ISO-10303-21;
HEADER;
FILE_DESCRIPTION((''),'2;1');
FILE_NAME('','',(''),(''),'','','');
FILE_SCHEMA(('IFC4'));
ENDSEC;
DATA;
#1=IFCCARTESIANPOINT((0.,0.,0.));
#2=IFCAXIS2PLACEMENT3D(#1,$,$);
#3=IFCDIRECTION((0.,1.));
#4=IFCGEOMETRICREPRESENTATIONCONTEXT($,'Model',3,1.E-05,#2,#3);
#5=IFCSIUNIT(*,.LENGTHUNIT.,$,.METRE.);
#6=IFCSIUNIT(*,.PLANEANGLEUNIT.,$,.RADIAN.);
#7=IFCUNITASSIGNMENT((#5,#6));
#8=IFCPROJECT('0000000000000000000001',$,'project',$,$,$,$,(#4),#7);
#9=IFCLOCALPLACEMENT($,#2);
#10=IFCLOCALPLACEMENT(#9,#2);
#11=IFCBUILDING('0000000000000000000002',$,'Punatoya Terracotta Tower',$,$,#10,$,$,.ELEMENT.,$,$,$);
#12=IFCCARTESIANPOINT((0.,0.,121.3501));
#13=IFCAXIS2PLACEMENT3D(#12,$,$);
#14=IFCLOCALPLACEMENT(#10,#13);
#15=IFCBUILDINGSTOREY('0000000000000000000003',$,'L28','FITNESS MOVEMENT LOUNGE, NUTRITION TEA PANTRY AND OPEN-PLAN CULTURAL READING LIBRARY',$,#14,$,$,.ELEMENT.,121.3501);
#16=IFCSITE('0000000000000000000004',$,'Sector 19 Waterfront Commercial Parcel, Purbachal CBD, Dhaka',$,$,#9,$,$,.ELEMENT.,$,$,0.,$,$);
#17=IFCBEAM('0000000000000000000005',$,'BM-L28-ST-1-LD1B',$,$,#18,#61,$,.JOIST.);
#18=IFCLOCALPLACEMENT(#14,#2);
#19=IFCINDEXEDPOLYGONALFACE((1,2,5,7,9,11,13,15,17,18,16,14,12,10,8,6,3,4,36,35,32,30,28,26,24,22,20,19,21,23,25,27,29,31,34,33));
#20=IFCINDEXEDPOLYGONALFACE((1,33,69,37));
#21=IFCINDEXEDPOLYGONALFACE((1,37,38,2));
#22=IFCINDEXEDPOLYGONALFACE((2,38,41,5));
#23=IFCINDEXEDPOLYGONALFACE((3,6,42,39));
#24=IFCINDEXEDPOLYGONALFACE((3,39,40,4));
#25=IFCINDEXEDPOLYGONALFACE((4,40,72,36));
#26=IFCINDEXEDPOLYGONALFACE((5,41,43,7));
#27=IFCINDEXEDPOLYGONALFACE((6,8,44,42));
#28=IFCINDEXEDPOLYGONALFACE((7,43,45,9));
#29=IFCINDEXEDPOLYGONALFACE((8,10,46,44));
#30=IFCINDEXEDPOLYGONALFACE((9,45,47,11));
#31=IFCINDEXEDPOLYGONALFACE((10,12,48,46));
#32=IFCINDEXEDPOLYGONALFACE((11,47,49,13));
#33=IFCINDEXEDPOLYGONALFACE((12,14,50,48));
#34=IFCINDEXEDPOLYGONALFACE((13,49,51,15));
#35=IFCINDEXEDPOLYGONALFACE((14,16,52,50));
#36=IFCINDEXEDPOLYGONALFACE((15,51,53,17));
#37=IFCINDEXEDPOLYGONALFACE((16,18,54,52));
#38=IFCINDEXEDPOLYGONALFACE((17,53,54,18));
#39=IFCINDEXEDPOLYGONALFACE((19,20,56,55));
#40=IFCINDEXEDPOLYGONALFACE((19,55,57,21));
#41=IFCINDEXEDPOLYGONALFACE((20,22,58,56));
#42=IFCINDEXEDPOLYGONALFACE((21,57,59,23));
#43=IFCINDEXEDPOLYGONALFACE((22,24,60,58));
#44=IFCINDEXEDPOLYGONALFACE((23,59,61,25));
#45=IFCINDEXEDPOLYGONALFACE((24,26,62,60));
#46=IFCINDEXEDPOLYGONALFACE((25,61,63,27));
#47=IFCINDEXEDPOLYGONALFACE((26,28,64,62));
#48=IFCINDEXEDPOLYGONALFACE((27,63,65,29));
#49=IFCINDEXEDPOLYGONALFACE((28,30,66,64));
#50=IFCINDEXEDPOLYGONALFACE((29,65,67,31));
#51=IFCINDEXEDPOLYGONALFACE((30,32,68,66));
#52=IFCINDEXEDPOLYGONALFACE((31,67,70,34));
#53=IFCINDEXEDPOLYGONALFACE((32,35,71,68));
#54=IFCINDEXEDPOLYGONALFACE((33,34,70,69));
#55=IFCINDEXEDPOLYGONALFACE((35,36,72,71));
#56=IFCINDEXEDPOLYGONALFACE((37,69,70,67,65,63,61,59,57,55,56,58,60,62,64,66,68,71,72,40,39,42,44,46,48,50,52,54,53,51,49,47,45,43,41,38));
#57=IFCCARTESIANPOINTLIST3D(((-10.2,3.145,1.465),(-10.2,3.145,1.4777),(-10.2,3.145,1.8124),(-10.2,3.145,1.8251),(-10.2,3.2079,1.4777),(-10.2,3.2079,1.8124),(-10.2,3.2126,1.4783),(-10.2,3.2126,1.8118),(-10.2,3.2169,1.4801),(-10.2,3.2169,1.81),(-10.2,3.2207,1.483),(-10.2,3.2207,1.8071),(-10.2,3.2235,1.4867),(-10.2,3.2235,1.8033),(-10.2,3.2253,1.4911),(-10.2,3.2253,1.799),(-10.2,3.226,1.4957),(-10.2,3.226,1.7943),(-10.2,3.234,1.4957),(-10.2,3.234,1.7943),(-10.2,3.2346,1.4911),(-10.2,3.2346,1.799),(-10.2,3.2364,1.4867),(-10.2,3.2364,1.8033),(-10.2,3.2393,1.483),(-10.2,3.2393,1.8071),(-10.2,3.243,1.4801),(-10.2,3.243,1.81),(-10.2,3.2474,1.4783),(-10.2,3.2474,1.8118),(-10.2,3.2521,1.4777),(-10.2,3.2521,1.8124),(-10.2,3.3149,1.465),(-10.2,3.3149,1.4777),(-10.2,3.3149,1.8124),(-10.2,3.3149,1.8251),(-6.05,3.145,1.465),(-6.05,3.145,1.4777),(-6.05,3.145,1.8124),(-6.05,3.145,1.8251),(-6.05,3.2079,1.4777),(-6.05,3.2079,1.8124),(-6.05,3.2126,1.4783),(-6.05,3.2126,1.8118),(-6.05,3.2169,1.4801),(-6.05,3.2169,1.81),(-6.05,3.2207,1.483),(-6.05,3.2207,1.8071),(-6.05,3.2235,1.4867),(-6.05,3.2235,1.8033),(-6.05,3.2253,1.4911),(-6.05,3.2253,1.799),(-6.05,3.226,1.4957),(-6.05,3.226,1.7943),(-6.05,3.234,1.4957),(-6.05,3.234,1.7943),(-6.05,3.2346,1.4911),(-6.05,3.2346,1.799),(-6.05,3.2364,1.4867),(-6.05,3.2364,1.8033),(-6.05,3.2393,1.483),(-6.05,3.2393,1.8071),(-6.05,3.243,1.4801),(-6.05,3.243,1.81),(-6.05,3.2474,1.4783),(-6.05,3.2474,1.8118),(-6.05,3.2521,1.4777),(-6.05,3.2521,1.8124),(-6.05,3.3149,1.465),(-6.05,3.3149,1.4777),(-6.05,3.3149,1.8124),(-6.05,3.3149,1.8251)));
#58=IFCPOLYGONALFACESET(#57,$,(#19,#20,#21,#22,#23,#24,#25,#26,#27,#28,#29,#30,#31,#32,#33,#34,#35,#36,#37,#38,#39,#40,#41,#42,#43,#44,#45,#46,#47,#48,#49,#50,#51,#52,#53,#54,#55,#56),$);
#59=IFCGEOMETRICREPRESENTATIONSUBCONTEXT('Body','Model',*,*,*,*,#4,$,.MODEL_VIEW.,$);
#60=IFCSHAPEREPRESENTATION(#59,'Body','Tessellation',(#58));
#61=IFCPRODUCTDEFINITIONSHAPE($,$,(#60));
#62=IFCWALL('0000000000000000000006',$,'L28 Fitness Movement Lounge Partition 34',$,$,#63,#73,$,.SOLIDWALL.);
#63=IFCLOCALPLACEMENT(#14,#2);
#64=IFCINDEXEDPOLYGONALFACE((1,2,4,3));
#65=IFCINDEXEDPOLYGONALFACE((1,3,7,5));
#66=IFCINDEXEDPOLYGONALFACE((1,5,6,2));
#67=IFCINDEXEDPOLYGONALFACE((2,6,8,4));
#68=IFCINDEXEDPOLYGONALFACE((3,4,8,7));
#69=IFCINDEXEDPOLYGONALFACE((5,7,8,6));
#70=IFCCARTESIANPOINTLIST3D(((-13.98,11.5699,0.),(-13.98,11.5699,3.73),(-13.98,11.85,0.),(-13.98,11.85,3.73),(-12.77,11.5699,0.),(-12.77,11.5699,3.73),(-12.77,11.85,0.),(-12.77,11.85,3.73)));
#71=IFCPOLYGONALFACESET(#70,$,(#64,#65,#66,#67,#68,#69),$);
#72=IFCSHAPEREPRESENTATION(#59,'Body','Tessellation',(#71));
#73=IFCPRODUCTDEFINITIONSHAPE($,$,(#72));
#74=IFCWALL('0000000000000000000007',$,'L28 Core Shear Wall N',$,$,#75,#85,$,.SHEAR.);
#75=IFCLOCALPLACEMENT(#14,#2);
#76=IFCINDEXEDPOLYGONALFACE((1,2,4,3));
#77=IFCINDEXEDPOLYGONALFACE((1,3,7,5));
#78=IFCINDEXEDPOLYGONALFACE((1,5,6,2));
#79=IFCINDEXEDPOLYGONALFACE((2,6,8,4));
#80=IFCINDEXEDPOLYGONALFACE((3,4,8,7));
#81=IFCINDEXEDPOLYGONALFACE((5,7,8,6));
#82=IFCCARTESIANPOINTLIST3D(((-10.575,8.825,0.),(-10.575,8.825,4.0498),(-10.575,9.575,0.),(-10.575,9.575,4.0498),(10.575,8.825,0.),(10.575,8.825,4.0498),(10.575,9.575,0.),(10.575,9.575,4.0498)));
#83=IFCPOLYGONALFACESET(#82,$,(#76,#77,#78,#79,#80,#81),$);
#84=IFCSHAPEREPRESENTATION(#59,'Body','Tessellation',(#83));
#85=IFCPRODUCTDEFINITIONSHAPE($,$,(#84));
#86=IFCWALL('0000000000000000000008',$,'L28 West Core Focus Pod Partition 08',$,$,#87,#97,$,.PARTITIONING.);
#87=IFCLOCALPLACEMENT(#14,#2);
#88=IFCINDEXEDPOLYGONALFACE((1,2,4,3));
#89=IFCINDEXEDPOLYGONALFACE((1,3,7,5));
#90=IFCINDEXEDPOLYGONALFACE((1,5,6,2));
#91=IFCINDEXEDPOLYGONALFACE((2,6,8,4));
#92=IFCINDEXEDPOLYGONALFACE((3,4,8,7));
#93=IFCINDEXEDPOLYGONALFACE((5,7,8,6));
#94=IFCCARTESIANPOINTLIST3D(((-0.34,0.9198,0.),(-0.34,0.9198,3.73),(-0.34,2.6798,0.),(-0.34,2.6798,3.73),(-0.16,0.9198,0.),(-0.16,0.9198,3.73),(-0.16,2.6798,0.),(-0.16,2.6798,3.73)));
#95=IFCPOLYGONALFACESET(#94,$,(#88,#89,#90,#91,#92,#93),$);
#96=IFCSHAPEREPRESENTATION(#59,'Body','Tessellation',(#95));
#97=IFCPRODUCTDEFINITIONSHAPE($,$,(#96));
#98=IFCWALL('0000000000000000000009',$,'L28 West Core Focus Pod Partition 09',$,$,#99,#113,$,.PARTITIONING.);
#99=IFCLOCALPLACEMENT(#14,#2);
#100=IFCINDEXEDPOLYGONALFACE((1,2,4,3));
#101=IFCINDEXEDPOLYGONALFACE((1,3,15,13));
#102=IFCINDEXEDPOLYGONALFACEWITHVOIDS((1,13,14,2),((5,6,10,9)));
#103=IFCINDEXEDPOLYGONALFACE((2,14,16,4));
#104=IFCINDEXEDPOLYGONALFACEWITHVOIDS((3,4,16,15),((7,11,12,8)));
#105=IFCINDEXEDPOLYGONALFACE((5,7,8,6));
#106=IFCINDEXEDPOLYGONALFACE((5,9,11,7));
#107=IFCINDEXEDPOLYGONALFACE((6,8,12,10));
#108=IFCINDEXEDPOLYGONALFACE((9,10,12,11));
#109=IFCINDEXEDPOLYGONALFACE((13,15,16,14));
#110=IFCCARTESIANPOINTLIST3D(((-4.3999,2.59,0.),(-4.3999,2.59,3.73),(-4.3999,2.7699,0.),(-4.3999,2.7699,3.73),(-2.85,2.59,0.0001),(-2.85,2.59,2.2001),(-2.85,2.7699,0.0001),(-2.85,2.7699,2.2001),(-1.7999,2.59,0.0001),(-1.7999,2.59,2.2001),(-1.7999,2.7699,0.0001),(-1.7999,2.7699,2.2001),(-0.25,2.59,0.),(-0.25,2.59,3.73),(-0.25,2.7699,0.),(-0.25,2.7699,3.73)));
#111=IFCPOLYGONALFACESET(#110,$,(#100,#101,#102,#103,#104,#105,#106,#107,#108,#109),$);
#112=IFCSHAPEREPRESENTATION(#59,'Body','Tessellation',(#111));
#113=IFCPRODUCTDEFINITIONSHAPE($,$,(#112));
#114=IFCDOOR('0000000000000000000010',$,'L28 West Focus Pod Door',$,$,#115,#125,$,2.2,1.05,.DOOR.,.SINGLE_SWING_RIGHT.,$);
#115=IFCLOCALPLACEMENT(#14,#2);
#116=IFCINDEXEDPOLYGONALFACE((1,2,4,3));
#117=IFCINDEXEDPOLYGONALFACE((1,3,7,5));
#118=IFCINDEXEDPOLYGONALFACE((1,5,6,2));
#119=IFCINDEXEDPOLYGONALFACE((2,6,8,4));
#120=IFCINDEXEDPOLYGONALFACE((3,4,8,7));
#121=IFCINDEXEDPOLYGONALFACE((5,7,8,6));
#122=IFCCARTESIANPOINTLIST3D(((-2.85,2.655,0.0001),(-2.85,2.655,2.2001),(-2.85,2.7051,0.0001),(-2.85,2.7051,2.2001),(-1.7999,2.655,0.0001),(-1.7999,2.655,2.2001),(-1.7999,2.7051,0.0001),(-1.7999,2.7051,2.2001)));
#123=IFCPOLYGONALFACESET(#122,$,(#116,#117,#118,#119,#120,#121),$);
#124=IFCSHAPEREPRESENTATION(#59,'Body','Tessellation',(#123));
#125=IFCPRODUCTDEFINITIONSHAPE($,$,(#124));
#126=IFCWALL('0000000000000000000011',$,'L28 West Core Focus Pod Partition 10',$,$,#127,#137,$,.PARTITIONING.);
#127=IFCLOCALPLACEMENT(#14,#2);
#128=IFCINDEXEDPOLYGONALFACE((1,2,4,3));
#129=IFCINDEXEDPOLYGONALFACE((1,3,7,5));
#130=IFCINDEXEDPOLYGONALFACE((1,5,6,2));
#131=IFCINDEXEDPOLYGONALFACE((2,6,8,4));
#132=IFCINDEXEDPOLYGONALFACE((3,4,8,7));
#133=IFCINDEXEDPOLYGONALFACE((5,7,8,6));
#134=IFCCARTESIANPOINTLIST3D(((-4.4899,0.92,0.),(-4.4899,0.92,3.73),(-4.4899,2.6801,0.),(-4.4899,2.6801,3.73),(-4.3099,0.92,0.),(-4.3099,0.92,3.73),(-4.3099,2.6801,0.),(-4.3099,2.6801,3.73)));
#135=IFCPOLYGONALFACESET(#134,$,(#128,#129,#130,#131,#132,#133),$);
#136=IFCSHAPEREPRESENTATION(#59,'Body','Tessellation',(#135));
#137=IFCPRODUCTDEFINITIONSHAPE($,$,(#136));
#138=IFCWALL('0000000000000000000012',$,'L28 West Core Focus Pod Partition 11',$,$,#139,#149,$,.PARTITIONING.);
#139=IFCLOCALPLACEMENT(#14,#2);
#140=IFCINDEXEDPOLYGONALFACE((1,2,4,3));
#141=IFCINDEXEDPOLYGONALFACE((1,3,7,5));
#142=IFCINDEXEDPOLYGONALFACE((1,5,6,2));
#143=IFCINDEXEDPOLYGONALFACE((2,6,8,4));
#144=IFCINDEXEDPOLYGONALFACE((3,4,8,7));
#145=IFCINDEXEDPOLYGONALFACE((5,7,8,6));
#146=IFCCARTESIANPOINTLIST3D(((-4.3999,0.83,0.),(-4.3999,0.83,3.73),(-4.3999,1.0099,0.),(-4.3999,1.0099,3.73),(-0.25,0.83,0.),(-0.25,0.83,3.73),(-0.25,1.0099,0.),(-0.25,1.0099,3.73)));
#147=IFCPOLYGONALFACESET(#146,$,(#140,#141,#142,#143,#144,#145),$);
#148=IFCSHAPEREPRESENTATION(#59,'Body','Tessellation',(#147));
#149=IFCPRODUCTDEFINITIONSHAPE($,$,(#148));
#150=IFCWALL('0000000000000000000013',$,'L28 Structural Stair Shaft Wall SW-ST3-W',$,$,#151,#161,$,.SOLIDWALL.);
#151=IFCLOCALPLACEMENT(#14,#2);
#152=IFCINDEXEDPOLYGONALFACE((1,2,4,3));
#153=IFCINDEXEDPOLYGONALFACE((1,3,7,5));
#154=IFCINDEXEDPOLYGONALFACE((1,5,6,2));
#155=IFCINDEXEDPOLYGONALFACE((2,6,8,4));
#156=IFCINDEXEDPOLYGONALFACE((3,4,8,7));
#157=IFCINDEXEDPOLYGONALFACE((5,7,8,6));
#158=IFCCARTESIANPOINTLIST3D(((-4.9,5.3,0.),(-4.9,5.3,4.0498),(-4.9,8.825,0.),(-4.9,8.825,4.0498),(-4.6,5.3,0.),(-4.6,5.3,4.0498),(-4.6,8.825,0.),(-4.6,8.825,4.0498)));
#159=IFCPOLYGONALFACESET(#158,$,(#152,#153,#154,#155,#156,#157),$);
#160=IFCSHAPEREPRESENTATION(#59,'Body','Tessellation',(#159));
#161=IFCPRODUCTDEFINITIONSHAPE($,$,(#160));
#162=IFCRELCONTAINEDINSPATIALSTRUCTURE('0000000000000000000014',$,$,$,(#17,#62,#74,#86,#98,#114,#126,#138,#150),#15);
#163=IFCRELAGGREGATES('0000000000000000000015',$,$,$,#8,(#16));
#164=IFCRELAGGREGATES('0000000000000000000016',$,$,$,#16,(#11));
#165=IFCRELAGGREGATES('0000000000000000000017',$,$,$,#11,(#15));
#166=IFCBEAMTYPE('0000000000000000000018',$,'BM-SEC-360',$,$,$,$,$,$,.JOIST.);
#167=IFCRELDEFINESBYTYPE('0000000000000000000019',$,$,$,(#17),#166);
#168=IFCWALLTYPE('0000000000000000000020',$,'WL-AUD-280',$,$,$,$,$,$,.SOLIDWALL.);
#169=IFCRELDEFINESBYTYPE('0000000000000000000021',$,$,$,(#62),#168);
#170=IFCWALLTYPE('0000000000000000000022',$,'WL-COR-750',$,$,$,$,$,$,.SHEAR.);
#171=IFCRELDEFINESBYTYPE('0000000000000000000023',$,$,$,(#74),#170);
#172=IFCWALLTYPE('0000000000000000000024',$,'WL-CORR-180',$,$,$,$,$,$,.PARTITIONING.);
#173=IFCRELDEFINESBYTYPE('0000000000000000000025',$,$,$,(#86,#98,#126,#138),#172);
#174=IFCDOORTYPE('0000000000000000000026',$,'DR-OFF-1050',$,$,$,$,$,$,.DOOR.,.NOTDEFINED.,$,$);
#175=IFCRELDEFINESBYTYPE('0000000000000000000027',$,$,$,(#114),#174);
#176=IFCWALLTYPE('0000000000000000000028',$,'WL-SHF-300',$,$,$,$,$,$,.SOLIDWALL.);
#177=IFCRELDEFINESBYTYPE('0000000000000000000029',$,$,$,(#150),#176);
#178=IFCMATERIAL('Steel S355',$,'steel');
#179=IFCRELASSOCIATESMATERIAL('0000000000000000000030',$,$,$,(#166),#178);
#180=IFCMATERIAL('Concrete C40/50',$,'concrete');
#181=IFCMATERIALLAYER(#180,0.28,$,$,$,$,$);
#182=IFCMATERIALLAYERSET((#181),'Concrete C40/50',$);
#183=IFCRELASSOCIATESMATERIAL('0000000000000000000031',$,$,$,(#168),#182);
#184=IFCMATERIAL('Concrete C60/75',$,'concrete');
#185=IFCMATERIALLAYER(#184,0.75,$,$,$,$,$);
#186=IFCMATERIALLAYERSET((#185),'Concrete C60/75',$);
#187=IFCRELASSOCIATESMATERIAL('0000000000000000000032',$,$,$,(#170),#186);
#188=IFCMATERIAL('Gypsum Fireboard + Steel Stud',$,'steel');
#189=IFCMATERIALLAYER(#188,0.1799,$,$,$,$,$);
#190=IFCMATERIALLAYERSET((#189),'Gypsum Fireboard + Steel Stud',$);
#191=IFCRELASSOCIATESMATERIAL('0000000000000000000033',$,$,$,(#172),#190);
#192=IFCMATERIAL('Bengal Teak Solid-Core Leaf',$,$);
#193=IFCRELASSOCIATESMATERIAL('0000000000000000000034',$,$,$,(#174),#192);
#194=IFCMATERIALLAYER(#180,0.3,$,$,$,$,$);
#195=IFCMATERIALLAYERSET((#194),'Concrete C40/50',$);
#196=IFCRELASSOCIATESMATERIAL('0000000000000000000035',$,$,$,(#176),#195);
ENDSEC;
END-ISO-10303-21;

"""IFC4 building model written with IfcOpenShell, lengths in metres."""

from ifc_helpers import new_model, si_unit, direction, frame, frame_2d, origin, origin_2d, place, context, subcontext, project, spatial, rectangle, i_section, extrude, material, layer, layer_set, material_profile, profile_set, type_object, element, fill, save


model = new_model("IFC4")

# Units and contexts
model_context = context("Model", 3, precision=1e-05, world=origin(), true_north=direction((0.0, 1.0)))
body_context = subcontext(model_context, "Body", "Model", "MODEL_VIEW")
ifc_project = project(units=[si_unit("LENGTHUNIT", "METRE"), si_unit("PLANEANGLEUNIT", "RADIAN")], contexts=[model_context])

# Site, building, storey
site_placement = place(None, origin())
site = spatial("IfcSite", under=ifc_project, at=site_placement, Name="Sector 19 Waterfront Commercial Parcel, Purbachal CBD, Dhaka", CompositionType="ELEMENT", RefElevation=0.0)
building_placement = place(site_placement, origin())
building = spatial("IfcBuilding", under=site, at=building_placement, Name="Punatoya Terracotta Tower", CompositionType="ELEMENT")
storey_placement = place(building_placement, frame((0.0, 0.0, 121.3501)))
storey = spatial("IfcBuildingStorey", under=building, at=storey_placement, Name="L28", Description="FITNESS MOVEMENT LOUNGE, NUTRITION TEA PANTRY AND OPEN-PLAN CULTURAL READING LIBRARY", CompositionType="ELEMENT", Elevation=121.3501)

# Beam
ifc_material_1 = material(Name="Steel S355", Category="steel")
ifc_material_2 = material(Name="Concrete C60/75", Category="concrete")
ifc_material_profile_1 = material_profile(ifc_material_1, i_section(OverallWidth=0.1699, OverallDepth=0.3601, WebThickness=0.0081, FlangeThickness=0.0127, FilletRadius=0.0181, at=origin_2d()))
ifc_profile_set_1 = profile_set([ifc_material_profile_1], Name="Steel S355")
beam_type_1 = type_object("IfcBeamType", Name="BM-SEC-360", PredefinedType="JOIST", material=ifc_profile_set_1)
for number, where, z_axis, x_axis, name in (
    (1, (-10.2, 3.23, 1.645), (1.0, 0.0, 0.0), (0.0, 1.0, 0.0), "BM-L28-ST-1-LD1B"),
):
    element("IfcBeam", number, at=place(storey_placement, frame(where, z_axis=z_axis, x_axis=x_axis)), inside=storey, type_object=beam_type_1, Name=name, PredefinedType="JOIST", context=body_context, shape_type="SweptSolid", body=[
        extrude(i_section(OverallWidth=0.1699, OverallDepth=0.3601, WebThickness=0.0081, FlangeThickness=0.0127, FilletRadius=0.0181, at=origin_2d()), origin(), (0.0, 0.0, 1.0), 4.1499),
    ])

# Walls
ifc_material_3 = material(Name="Concrete C40/50", Category="concrete")
ifc_layer_1 = layer(ifc_material_3, 0.28)
ifc_layer_set_1 = layer_set([ifc_layer_1], Name="Concrete C40/50")
wall_type_1 = type_object("IfcWallType", Name="WL-AUD-280", PredefinedType="SOLIDWALL", material=ifc_layer_set_1)
wall_1_placement = place(storey_placement, frame((-12.77, 11.71, 0.0), z_axis=(0.0, 0.0, 1.0), x_axis=(-1.0, 0.0, 0.0)))
element("IfcWall", 2, at=wall_1_placement, inside=storey, type_object=wall_type_1, Name="L28 Fitness Movement Lounge Partition 34", PredefinedType="SOLIDWALL", context=body_context, shape_type="SweptSolid", body=[
    extrude(rectangle(XDim=1.21, YDim=0.28, at=frame_2d((0.605, 0.0))), origin(), (0.0, 0.0, 1.0), 3.73),
])
ifc_layer_2 = layer(ifc_material_2, 0.75)
ifc_layer_set_2 = layer_set([ifc_layer_2], Name="Concrete C60/75")
wall_type_2 = type_object("IfcWallType", Name="WL-COR-750", PredefinedType="SHEAR", material=ifc_layer_set_2)
wall_2_placement = place(storey_placement, frame((-10.575, 9.2, 0.0), z_axis=(0.0, 0.0, 1.0), x_axis=(1.0, 0.0, 0.0)))
element("IfcWall", 3, at=wall_2_placement, inside=storey, type_object=wall_type_2, Name="L28 Core Shear Wall N", PredefinedType="SHEAR", context=body_context, shape_type="SweptSolid", body=[
    extrude(rectangle(XDim=21.1499, YDim=0.75, at=frame_2d((10.575, 0.0))), origin(), (0.0, 0.0, 1.0), 4.0498),
])
ifc_material_4 = material(Name="Gypsum Fireboard + Steel Stud", Category="steel")
ifc_layer_3 = layer(ifc_material_4, 0.1799)
ifc_layer_set_3 = layer_set([ifc_layer_3], Name="Gypsum Fireboard + Steel Stud")
wall_type_3 = type_object("IfcWallType", Name="WL-CORR-180", PredefinedType="PARTITIONING", material=ifc_layer_set_3)
wall_3_placement = place(storey_placement, frame((-0.25, 0.9199, 0.0), z_axis=(0.0, 0.0, 1.0), x_axis=(0.0, 1.0, 0.0)))
element("IfcWall", 4, at=wall_3_placement, inside=storey, type_object=wall_type_3, Name="L28 West Core Focus Pod Partition 08", PredefinedType="PARTITIONING", context=body_context, shape_type="SweptSolid", body=[
    extrude(rectangle(XDim=1.76, YDim=0.1799, at=frame_2d((0.8799, 0.0))), origin(), (0.0, 0.0, 1.0), 3.73),
])

# Wall, opening, door
wall_4_placement = place(storey_placement, frame((-0.25, 2.6799, 0.0), z_axis=(0.0, 0.0, 1.0), x_axis=(-1.0, 0.0, 0.0)))
wall_4 = element("IfcWall", 5, at=wall_4_placement, inside=storey, type_object=wall_type_3, Name="L28 West Core Focus Pod Partition 09", PredefinedType="PARTITIONING", context=body_context, shape_type="SweptSolid", body=[
    extrude(rectangle(XDim=4.1499, YDim=0.1799, at=frame_2d((2.075, 0.0))), origin(), (0.0, 0.0, 1.0), 3.73),
])
opening_1_placement = place(wall_4_placement, frame((1.55, 0.0, 0.0)))
opening_1 = element("IfcOpeningElement", 6, at=opening_1_placement, cuts=wall_4, PredefinedType="OPENING", context=body_context, shape_type="SweptSolid", body=[
    extrude(rectangle(XDim=1.05, YDim=2.2, at=frame_2d((0.5249, 1.1001))), frame((0.0, 0.0999, 0.0), z_axis=(0.0, -1.0, 0.0), x_axis=(1.0, 0.0, 0.0)), (0.0, 0.0, 1.0), 0.2),
])
ifc_material_5 = material(Name="Bengal Teak Solid-Core Leaf")
door_type_1 = type_object("IfcDoorType", Name="DR-OFF-1050", OperationType="NOTDEFINED", PredefinedType="DOOR", material=ifc_material_5)
door_1_placement = place(opening_1_placement, origin())
door_1 = element("IfcDoor", 7, at=door_1_placement, inside=storey, type_object=door_type_1, Name="L28 West Focus Pod Door", OperationType="SINGLE_SWING_RIGHT", OverallHeight=2.2, OverallWidth=1.05, PredefinedType="DOOR", context=body_context, shape_type="SweptSolid", body=[
    extrude(rectangle(XDim=1.05, YDim=2.2, at=frame_2d((0.5249, 1.1001))), frame((0.0, 0.0249, 0.0), z_axis=(0.0, -1.0, 0.0), x_axis=(1.0, 0.0, 0.0)), (0.0, 0.0, 1.0), 0.05),
])
fill(opening_1, door_1)

# Walls
wall_5_placement = place(storey_placement, frame((-4.3999, 2.6799, 0.0), z_axis=(0.0, 0.0, 1.0), x_axis=(0.0, -1.0, 0.0)))
element("IfcWall", 8, at=wall_5_placement, inside=storey, type_object=wall_type_3, Name="L28 West Core Focus Pod Partition 10", PredefinedType="PARTITIONING", context=body_context, shape_type="SweptSolid", body=[
    extrude(rectangle(XDim=1.76, YDim=0.1799, at=frame_2d((0.8799, 0.0))), origin(), (0.0, 0.0, 1.0), 3.73),
])
wall_6_placement = place(storey_placement, frame((-4.3999, 0.9199, 0.0), z_axis=(0.0, 0.0, 1.0), x_axis=(1.0, 0.0, 0.0)))
element("IfcWall", 9, at=wall_6_placement, inside=storey, type_object=wall_type_3, Name="L28 West Core Focus Pod Partition 11", PredefinedType="PARTITIONING", context=body_context, shape_type="SweptSolid", body=[
    extrude(rectangle(XDim=4.1499, YDim=0.1799, at=frame_2d((2.075, 0.0))), origin(), (0.0, 0.0, 1.0), 3.73),
])
ifc_layer_4 = layer(ifc_material_3, 0.3)
ifc_layer_set_4 = layer_set([ifc_layer_4], Name="Concrete C40/50")
wall_type_4 = type_object("IfcWallType", Name="WL-SHF-300", PredefinedType="SOLIDWALL", material=ifc_layer_set_4)
wall_7_placement = place(storey_placement, frame((-4.75, 5.3, 0.0), z_axis=(0.0, 0.0, 1.0), x_axis=(0.0, 1.0, 0.0)))
element("IfcWall", 10, at=wall_7_placement, inside=storey, type_object=wall_type_4, Name="L28 Structural Stair Shaft Wall SW-ST3-W", PredefinedType="SOLIDWALL", context=body_context, shape_type="SweptSolid", body=[
    extrude(rectangle(XDim=3.5249, YDim=0.3, at=frame_2d((1.7625, 0.0))), origin(), (0.0, 0.0, 1.0), 4.0498),
])

save(model, "model.ifc")
